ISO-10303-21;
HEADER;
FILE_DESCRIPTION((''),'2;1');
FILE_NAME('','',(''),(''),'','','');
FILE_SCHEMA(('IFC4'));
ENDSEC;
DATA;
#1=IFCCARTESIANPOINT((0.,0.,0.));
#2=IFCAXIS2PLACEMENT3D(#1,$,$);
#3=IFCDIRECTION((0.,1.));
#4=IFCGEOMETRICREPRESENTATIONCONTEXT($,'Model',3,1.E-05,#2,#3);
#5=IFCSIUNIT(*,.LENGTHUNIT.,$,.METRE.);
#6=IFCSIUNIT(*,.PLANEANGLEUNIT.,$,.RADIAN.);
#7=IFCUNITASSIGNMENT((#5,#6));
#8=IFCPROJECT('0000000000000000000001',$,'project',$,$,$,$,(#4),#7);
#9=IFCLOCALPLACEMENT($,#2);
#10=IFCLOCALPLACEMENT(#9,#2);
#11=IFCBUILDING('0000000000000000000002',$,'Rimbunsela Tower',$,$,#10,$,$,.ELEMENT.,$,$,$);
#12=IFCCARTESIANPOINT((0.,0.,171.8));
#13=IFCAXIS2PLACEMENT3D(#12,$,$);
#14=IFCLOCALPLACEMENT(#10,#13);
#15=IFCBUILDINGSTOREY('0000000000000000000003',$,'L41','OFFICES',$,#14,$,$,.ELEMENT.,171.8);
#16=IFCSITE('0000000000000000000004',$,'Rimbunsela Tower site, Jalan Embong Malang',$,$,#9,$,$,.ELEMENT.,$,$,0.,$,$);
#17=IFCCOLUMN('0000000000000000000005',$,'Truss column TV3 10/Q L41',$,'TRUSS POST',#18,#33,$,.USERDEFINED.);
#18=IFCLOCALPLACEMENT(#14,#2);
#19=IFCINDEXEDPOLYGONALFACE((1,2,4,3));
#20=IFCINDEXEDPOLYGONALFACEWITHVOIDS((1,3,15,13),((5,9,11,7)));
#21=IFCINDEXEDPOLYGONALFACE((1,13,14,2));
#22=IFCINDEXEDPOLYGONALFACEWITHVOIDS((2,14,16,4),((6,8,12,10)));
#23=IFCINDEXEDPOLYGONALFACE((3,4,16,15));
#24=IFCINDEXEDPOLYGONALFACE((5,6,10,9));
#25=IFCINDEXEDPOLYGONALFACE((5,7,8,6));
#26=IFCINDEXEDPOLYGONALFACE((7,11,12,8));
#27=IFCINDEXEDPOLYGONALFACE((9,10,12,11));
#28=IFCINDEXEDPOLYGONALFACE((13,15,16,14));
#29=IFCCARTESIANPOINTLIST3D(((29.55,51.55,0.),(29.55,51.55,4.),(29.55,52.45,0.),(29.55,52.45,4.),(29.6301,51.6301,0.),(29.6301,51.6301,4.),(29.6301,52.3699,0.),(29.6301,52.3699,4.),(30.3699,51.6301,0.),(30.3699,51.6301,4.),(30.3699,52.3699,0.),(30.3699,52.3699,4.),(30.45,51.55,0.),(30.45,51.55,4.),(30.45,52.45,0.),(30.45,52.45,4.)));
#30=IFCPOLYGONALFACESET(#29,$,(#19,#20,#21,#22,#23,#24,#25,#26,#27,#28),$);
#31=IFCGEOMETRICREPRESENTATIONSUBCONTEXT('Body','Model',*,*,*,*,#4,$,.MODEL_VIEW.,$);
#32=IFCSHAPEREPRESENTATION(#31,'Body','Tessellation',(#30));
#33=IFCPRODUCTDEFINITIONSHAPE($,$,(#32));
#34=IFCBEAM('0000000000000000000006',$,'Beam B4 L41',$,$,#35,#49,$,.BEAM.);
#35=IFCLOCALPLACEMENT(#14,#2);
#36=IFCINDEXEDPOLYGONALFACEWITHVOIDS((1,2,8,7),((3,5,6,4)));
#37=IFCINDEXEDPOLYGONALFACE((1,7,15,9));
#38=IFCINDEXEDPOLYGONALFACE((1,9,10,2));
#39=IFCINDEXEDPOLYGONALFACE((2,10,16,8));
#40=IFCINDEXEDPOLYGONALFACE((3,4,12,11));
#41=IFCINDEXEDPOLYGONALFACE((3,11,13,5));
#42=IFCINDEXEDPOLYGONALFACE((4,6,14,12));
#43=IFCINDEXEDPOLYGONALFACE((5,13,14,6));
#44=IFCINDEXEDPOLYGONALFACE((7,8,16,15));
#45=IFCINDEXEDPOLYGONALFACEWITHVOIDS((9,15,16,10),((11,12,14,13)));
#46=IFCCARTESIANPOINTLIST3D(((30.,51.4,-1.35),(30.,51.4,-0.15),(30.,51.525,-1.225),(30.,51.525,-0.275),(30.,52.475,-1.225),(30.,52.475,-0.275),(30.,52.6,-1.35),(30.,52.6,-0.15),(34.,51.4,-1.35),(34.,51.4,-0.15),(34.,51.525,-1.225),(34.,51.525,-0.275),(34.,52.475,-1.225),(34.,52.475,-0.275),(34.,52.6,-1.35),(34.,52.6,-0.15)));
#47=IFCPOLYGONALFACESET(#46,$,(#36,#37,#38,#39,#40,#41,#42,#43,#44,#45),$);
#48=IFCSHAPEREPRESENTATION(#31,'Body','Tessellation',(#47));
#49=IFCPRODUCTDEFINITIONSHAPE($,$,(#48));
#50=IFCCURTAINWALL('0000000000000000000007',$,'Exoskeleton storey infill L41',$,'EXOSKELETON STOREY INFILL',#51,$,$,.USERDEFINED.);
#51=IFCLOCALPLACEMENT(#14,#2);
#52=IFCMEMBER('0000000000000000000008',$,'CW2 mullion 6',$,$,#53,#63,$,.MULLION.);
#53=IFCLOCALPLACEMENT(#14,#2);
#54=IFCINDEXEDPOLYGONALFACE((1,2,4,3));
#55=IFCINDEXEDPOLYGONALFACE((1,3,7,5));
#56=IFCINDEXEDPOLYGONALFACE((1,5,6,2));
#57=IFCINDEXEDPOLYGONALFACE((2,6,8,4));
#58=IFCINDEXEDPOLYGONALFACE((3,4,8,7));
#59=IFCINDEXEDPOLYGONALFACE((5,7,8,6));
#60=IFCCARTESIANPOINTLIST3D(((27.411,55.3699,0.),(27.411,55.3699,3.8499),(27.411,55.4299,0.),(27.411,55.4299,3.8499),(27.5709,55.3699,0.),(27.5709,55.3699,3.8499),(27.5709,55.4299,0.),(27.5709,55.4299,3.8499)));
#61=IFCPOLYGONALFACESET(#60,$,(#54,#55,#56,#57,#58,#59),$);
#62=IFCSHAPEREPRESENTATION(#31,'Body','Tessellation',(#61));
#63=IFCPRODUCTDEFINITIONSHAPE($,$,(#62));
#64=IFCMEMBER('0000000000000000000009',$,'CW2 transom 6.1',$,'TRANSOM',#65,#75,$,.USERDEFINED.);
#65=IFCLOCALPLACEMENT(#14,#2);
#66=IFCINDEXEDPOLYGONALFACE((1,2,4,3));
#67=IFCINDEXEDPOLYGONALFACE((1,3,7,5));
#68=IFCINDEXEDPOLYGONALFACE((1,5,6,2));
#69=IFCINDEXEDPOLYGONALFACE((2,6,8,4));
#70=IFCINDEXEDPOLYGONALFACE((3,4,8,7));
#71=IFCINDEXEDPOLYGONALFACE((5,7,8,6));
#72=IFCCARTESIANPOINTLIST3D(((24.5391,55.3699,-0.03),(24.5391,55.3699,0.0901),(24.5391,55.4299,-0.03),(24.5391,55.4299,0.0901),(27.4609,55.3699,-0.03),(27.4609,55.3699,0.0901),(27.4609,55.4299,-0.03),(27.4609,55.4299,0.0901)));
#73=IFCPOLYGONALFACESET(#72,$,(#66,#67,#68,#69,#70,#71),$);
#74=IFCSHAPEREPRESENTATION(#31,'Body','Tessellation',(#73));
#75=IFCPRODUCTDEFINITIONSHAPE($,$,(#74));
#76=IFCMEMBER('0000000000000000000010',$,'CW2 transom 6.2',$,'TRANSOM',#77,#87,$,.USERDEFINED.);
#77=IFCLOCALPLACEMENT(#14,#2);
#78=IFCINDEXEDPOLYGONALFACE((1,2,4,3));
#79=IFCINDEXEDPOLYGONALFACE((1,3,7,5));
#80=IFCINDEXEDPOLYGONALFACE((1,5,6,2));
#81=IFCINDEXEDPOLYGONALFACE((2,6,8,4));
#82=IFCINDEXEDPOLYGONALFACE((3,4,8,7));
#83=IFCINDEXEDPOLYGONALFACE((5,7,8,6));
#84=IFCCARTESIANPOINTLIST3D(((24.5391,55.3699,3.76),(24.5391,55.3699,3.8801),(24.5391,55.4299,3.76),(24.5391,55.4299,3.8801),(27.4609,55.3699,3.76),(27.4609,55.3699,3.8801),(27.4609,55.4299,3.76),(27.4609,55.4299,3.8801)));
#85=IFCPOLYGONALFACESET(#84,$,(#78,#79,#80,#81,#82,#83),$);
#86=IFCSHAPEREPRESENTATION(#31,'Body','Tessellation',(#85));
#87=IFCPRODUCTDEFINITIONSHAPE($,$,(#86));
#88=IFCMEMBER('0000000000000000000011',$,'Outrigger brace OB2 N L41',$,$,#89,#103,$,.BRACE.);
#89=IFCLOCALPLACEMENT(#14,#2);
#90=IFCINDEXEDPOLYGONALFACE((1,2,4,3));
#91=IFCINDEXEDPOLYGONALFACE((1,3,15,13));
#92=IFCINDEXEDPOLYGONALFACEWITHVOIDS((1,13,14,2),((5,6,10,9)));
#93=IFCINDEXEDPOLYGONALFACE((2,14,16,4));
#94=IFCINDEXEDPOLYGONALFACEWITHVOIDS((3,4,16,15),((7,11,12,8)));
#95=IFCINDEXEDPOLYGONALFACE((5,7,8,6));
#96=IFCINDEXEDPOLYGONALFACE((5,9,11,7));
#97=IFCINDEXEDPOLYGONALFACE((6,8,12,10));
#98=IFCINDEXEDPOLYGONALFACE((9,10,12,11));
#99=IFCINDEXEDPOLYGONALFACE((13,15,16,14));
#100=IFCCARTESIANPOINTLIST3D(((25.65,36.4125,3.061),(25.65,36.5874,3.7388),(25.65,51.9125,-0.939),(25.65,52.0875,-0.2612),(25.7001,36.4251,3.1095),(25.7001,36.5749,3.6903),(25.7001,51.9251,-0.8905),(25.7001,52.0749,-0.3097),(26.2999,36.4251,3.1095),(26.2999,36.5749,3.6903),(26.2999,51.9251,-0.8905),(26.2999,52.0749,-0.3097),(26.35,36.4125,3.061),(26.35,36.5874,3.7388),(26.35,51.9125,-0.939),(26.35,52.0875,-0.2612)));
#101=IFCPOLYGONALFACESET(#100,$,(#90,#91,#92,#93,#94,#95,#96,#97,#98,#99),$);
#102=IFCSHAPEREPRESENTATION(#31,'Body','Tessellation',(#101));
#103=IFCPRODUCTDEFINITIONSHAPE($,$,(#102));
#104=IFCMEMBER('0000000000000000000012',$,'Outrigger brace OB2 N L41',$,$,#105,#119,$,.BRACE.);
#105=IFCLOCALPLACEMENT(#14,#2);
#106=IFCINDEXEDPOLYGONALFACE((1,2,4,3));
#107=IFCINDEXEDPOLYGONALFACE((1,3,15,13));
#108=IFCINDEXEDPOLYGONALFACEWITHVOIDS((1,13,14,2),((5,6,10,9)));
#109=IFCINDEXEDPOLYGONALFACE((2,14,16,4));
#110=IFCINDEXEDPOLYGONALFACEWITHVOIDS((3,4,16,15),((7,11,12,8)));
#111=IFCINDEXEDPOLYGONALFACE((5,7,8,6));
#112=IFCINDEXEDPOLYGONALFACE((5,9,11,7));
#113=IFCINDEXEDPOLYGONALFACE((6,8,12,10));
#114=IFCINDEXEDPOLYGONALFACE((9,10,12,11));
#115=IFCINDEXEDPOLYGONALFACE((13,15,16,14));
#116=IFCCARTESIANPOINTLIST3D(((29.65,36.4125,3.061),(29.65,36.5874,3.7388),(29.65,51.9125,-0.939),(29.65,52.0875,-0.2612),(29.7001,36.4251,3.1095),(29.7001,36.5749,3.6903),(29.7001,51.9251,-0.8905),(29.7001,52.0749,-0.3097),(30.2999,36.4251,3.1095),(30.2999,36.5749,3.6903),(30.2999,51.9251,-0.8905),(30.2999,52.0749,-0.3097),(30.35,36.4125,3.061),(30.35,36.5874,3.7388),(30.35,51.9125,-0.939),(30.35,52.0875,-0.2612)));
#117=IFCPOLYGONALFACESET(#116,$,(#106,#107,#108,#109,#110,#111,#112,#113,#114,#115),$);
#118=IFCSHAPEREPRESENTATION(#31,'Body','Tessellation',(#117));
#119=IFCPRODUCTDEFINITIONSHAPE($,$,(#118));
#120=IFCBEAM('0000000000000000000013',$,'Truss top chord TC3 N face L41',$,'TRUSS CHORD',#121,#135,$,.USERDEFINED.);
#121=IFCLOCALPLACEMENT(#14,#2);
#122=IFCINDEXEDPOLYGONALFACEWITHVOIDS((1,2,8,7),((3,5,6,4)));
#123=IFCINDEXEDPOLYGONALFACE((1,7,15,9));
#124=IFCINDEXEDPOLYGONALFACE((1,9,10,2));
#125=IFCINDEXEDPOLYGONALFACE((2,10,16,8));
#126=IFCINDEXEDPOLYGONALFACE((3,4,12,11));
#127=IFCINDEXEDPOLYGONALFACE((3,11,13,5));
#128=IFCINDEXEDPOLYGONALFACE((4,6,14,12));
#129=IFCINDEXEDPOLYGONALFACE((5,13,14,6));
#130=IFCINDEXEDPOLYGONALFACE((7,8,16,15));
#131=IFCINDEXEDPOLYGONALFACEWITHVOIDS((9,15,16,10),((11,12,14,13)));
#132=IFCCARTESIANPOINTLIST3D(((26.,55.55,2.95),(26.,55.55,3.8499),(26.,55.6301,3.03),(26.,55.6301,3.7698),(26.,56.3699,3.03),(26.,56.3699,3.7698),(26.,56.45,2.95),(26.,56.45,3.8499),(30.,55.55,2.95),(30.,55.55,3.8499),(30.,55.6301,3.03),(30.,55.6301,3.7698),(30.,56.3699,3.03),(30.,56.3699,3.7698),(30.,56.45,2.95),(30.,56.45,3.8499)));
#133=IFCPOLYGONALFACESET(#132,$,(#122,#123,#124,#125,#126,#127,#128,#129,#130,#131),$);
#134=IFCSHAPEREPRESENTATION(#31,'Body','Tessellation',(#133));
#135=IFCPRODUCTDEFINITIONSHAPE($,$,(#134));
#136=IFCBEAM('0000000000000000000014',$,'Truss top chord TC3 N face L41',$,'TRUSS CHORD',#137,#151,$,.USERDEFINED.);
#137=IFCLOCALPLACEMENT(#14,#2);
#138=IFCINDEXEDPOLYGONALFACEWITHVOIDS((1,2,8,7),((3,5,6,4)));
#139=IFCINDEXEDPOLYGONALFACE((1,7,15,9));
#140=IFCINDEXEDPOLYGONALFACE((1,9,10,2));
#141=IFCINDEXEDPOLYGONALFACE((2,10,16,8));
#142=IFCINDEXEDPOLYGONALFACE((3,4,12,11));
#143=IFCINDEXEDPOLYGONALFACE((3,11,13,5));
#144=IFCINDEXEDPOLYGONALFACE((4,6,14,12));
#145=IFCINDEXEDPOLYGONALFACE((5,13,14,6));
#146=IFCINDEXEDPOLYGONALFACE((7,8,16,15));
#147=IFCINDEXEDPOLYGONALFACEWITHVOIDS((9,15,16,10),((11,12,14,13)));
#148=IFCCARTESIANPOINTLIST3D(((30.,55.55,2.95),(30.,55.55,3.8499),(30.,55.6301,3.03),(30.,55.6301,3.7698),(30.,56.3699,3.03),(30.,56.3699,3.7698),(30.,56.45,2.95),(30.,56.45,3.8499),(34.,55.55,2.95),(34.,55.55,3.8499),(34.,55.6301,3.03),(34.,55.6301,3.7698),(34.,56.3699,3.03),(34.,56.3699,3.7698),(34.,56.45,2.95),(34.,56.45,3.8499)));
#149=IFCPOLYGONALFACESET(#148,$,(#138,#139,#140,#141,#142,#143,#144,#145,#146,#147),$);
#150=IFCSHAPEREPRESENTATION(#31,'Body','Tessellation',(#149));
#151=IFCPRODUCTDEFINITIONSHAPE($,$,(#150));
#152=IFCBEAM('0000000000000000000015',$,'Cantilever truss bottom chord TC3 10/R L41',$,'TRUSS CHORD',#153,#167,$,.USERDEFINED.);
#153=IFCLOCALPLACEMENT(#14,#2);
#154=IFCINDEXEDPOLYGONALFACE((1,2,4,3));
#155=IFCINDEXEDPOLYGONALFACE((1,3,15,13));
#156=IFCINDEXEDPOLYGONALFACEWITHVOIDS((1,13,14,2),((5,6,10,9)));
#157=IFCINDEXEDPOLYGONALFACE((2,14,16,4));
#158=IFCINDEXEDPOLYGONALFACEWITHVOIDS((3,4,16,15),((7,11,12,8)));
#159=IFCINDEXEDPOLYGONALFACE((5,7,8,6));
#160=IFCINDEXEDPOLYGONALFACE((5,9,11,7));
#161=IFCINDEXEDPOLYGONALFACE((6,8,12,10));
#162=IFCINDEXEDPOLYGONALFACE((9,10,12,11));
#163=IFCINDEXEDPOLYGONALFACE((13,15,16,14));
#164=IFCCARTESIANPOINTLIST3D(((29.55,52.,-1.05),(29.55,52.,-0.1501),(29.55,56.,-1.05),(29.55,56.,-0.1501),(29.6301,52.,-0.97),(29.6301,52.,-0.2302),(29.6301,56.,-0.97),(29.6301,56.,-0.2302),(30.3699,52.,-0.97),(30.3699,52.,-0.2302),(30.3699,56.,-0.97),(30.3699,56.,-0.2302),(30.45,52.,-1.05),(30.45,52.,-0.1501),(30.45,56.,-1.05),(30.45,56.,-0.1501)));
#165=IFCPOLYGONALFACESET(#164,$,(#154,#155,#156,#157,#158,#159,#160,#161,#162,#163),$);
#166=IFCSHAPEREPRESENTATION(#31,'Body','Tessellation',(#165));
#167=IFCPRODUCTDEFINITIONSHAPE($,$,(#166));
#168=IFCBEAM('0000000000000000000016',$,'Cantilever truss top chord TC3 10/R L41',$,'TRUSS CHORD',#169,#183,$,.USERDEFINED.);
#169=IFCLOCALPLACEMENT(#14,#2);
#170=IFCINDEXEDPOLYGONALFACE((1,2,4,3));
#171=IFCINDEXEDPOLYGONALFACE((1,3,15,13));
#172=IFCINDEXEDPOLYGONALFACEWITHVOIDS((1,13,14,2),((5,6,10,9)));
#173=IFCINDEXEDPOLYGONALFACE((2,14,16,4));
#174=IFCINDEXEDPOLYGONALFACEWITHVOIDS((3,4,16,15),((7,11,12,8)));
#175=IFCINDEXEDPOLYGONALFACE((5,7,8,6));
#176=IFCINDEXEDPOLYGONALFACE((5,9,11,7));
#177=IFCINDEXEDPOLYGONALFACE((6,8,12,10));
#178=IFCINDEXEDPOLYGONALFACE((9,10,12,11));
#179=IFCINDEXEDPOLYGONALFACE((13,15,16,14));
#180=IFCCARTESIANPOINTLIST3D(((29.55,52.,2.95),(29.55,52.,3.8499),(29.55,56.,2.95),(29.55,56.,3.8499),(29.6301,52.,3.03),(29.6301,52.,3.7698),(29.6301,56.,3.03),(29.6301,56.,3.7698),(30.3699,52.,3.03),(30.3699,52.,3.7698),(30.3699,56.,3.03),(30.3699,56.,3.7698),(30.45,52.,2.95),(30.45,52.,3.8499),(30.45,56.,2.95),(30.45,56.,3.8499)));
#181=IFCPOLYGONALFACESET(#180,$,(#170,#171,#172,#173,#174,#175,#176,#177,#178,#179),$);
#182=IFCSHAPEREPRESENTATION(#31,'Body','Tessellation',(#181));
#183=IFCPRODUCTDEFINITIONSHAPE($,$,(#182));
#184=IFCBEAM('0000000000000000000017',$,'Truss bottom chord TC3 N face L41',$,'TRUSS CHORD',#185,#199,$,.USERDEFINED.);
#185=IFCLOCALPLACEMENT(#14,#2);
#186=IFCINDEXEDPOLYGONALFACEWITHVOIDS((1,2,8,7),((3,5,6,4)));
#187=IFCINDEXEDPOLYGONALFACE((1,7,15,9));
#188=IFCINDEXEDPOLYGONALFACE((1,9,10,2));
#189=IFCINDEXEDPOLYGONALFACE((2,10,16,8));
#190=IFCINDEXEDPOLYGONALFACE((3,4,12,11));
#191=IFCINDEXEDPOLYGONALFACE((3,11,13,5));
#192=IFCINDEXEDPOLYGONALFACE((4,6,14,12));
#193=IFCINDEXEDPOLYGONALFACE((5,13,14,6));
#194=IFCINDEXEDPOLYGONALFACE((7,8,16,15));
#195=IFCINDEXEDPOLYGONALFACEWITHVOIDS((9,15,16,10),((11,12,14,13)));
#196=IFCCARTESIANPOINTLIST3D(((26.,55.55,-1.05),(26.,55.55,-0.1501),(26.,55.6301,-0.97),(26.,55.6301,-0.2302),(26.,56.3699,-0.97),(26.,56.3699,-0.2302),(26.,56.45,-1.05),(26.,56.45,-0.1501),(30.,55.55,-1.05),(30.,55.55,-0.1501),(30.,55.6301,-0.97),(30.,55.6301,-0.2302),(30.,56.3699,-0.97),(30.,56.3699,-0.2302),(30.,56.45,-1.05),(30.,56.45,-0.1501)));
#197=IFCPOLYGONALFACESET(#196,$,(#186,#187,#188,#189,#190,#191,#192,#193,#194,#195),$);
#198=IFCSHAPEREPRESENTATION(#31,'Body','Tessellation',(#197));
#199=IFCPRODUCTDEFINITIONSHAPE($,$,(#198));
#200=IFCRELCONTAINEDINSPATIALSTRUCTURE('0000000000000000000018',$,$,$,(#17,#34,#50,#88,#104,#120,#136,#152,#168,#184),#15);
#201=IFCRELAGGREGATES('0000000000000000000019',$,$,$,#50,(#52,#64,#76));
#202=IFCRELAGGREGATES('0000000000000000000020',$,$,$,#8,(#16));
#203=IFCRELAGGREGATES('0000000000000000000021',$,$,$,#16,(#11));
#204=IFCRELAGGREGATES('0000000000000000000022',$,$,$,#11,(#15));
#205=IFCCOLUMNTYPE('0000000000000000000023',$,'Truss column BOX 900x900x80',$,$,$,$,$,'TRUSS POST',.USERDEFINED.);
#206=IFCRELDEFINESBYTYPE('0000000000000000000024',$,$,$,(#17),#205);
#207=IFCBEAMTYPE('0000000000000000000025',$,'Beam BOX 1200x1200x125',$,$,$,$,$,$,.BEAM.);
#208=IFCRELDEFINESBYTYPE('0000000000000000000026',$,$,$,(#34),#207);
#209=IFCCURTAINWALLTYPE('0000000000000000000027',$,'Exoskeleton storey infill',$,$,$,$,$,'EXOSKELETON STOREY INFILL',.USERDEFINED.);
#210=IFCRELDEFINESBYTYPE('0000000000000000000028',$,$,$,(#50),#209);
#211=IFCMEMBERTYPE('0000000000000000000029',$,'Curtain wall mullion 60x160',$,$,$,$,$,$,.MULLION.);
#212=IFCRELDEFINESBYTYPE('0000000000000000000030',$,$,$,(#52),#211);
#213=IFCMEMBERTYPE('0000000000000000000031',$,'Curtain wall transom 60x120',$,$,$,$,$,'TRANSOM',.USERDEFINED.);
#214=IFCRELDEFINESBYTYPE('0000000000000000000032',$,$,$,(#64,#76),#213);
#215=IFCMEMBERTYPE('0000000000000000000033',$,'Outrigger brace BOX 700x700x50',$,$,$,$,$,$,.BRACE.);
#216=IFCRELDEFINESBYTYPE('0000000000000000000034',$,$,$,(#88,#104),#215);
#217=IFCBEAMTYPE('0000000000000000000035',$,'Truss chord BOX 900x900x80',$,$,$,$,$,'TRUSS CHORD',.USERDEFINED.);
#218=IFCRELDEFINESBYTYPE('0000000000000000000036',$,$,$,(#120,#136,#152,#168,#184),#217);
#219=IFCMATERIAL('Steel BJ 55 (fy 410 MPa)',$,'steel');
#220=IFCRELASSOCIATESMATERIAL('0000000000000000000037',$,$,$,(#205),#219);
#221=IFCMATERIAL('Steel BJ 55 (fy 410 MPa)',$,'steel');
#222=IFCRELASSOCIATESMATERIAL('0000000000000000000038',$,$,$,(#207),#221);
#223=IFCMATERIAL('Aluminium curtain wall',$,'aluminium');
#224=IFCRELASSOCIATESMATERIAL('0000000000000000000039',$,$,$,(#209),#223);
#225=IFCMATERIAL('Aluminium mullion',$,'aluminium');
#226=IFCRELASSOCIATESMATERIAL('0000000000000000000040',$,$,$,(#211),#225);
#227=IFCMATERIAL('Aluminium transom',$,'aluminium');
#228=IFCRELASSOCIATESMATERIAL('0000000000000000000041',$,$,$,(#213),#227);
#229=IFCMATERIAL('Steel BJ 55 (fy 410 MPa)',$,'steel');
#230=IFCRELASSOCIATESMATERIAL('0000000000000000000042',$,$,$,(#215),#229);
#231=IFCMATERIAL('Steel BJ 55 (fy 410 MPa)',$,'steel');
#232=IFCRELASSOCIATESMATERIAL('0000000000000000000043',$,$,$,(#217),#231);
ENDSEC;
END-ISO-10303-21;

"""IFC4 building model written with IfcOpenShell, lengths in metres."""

from ifc_helpers import new_model, si_unit, direction, frame, origin, origin_2d, place, context, subcontext, project, spatial, rectangle, hollow_rectangle, extrude, material, material_profile, profile_set, type_object, element, aggregate, save


model = new_model("IFC4")

# Units and contexts
model_context = context("Model", 3, precision=1e-05, world=origin(), true_north=direction((0.0, 1.0)))
body_context = subcontext(model_context, "Body", "Model", "MODEL_VIEW")
ifc_project = project(units=[si_unit("LENGTHUNIT", "METRE"), si_unit("PLANEANGLEUNIT", "RADIAN")], contexts=[model_context])

# Site, building, storey
site_placement = place(None, origin())
site = spatial("IfcSite", under=ifc_project, at=site_placement, Name="Rimbunsela Tower site, Jalan Embong Malang", CompositionType="ELEMENT", RefElevation=0.0)
building_placement = place(site_placement, origin())
building = spatial("IfcBuilding", under=site, at=building_placement, Name="Rimbunsela Tower", CompositionType="ELEMENT")
storey_placement = place(building_placement, frame((0.0, 0.0, 171.8)))
storey = spatial("IfcBuildingStorey", under=building, at=storey_placement, Name="L41", Description="OFFICES", CompositionType="ELEMENT", Elevation=171.8)

# Column
ifc_material_1 = material(Name="Steel BJ 55 (fy 410 MPa)", Category="steel")
ifc_material_profile_1 = material_profile(ifc_material_1, hollow_rectangle(XDim=0.8999, YDim=0.8999, WallThickness=0.0801, at=origin_2d()), Name="BOX 900x900x80")
ifc_profile_set_1 = profile_set([ifc_material_profile_1], Name="Steel BJ 55 (fy 410 MPa)")
column_type = type_object("IfcColumnType", Name="Truss column BOX 900x900x80", ElementType="TRUSS POST", PredefinedType="USERDEFINED", material=ifc_profile_set_1)
column_placement = place(storey_placement, frame((30.0, 52.0, 0.0), z_axis=(0.0, 0.0, 1.0), x_axis=(1.0, 0.0, 0.0)))
element("IfcColumn", 1, at=column_placement, inside=storey, type_object=column_type, Name="Truss column TV3 10/Q L41", ObjectType="TRUSS POST", PredefinedType="USERDEFINED", context=body_context, shape_type="SweptSolid", body=[
    extrude(hollow_rectangle(XDim=0.8999, YDim=0.8999, WallThickness=0.0801, at=origin_2d()), origin(), (0.0, 0.0, 1.0), 4.0),
])

# Beam
ifc_material_2 = material(Name="Steel BJ 55 (fy 410 MPa)", Category="steel")
ifc_material_profile_2 = material_profile(ifc_material_2, hollow_rectangle(XDim=1.2, YDim=1.2, WallThickness=0.125, at=origin_2d()), Name="BOX 1200x1200x125")
ifc_profile_set_2 = profile_set([ifc_material_profile_2], Name="Steel BJ 55 (fy 410 MPa)")
beam_type_1 = type_object("IfcBeamType", Name="Beam BOX 1200x1200x125", PredefinedType="BEAM", material=ifc_profile_set_2)
beam_placement = place(storey_placement, frame((30.0, 52.0, -0.75), z_axis=(1.0, 0.0, 0.0), x_axis=(0.0, 1.0, 0.0)))
element("IfcBeam", 2, at=beam_placement, inside=storey, type_object=beam_type_1, Name="Beam B4 L41", PredefinedType="BEAM", context=body_context, shape_type="SweptSolid", body=[
    extrude(hollow_rectangle(XDim=1.2, YDim=1.2, WallThickness=0.125, at=origin_2d()), origin(), (0.0, 0.0, 1.0), 4.0),
])

# Curtain wall, members
ifc_material_3 = material(Name="Aluminium curtain wall", Category="aluminium")
curtain_wall_type = type_object("IfcCurtainWallType", Name="Exoskeleton storey infill", ElementType="EXOSKELETON STOREY INFILL", PredefinedType="USERDEFINED", material=ifc_material_3)
curtain_wall_placement = place(storey_placement, origin())
curtain_wall = element("IfcCurtainWall", 3, at=curtain_wall_placement, inside=storey, type_object=curtain_wall_type, Name="Exoskeleton storey infill L41", ObjectType="EXOSKELETON STOREY INFILL", PredefinedType="USERDEFINED")
ifc_material_4 = material(Name="Aluminium mullion", Category="aluminium")
ifc_material_profile_3 = material_profile(ifc_material_4, rectangle(XDim=0.0601, YDim=0.1599, at=origin_2d()), Name="Mullion 60x160")
ifc_profile_set_3 = profile_set([ifc_material_profile_3], Name="Aluminium mullion")
member_type_1 = type_object("IfcMemberType", Name="Curtain wall mullion 60x160", PredefinedType="MULLION", material=ifc_profile_set_3)
member_1_placement = place(storey_placement, frame((27.491, 55.3999, 0.0), z_axis=(0.0, 0.0, 1.0), x_axis=(0.0, -1.0, 0.0)))
member_1 = element("IfcMember", 4, at=member_1_placement, type_object=member_type_1, Name="CW2 mullion 6", PredefinedType="MULLION", context=body_context, shape_type="SweptSolid", body=[
    extrude(rectangle(XDim=0.0601, YDim=0.1599, at=origin_2d()), origin(), (0.0, 0.0, 1.0), 3.8499),
])
ifc_material_5 = material(Name="Aluminium transom", Category="aluminium")
ifc_material_profile_4 = material_profile(ifc_material_5, rectangle(XDim=0.0601, YDim=0.1201, at=origin_2d()), Name="Transom 60x120")
ifc_profile_set_4 = profile_set([ifc_material_profile_4], Name="Aluminium transom")
member_type_2 = type_object("IfcMemberType", Name="Curtain wall transom 60x120", ElementType="TRANSOM", PredefinedType="USERDEFINED", material=ifc_profile_set_4)
member_2_placement = place(storey_placement, frame((27.4609, 55.3999, 0.03), z_axis=(-1.0, 0.0, 0.0), x_axis=(0.0, -1.0, 0.0)))
member_2 = element("IfcMember", 5, at=member_2_placement, type_object=member_type_2, Name="CW2 transom 6.1", ObjectType="TRANSOM", PredefinedType="USERDEFINED", context=body_context, shape_type="SweptSolid", body=[
    extrude(rectangle(XDim=0.0601, YDim=0.1201, at=origin_2d()), origin(), (0.0, 0.0, 1.0), 2.9219),
])
member_3_placement = place(storey_placement, frame((27.4609, 55.3999, 3.8201), z_axis=(-1.0, 0.0, 0.0), x_axis=(0.0, -1.0, 0.0)))
member_3 = element("IfcMember", 6, at=member_3_placement, type_object=member_type_2, Name="CW2 transom 6.2", ObjectType="TRANSOM", PredefinedType="USERDEFINED", context=body_context, shape_type="SweptSolid", body=[
    extrude(rectangle(XDim=0.0601, YDim=0.1201, at=origin_2d()), origin(), (0.0, 0.0, 1.0), 2.9219),
])

# Members
ifc_material_6 = material(Name="Steel BJ 55 (fy 410 MPa)", Category="steel")
ifc_material_profile_5 = material_profile(ifc_material_6, hollow_rectangle(XDim=0.7, YDim=0.7, WallThickness=0.05, at=origin_2d()), Name="BOX 700x700x50")
ifc_profile_set_5 = profile_set([ifc_material_profile_5], Name="Steel BJ 55 (fy 410 MPa)")
member_type_3 = type_object("IfcMemberType", Name="Outrigger brace BOX 700x700x50", PredefinedType="BRACE", material=ifc_profile_set_5)
for number, where, z_axis, x_axis, name in (
    (7, (26.0, 52.0, -0.6001), (0.0, -0.968277, 0.249878), (1.0, 0.0, 0.0), "Outrigger brace OB2 N L41"),
    (8, (30.0, 52.0, -0.6001), (0.0, -0.968277, 0.249878), (1.0, 0.0, 0.0), "Outrigger brace OB2 N L41"),
):
    element("IfcMember", number, at=place(storey_placement, frame(where, z_axis=z_axis, x_axis=x_axis)), inside=storey, type_object=member_type_3, Name=name, PredefinedType="BRACE", context=body_context, shape_type="SweptSolid", body=[
        extrude(hollow_rectangle(XDim=0.7, YDim=0.7, WallThickness=0.05, at=origin_2d()), origin(), (0.0, 0.0, 1.0), 16.0078),
    ])

# Beams
ifc_material_7 = material(Name="Steel BJ 55 (fy 410 MPa)", Category="steel")
ifc_material_profile_6 = material_profile(ifc_material_7, hollow_rectangle(XDim=0.8999, YDim=0.8999, WallThickness=0.0801, at=origin_2d()), Name="BOX 900x900x80")
ifc_profile_set_6 = profile_set([ifc_material_profile_6], Name="Steel BJ 55 (fy 410 MPa)")
beam_type_2 = type_object("IfcBeamType", Name="Truss chord BOX 900x900x80", ElementType="TRUSS CHORD", PredefinedType="USERDEFINED", material=ifc_profile_set_6)
for number, where, z_axis, x_axis, name in (
    (9, (26.0, 56.0, 3.3999), (1.0, 0.0, 0.0), (0.0, 1.0, 0.0), "Truss top chord TC3 N face L41"),
    (10, (30.0, 56.0, 3.3999), (1.0, 0.0, 0.0), (0.0, 1.0, 0.0), "Truss top chord TC3 N face L41"),
    (11, (30.0, 52.0, -0.6001), (0.0, 1.0, 0.0), (-1.0, 0.0, 0.0), "Cantilever truss bottom chord TC3 10/R L41"),
    (12, (30.0, 52.0, 3.3999), (0.0, 1.0, 0.0), (-1.0, 0.0, 0.0), "Cantilever truss top chord TC3 10/R L41"),
    (13, (26.0, 56.0, -0.6001), (1.0, 0.0, 0.0), (0.0, 1.0, 0.0), "Truss bottom chord TC3 N face L41"),
):
    element("IfcBeam", number, at=place(storey_placement, frame(where, z_axis=z_axis, x_axis=x_axis)), inside=storey, type_object=beam_type_2, Name=name, ObjectType="TRUSS CHORD", PredefinedType="USERDEFINED", context=body_context, shape_type="SweptSolid", body=[
        extrude(hollow_rectangle(XDim=0.8999, YDim=0.8999, WallThickness=0.0801, at=origin_2d()), origin(), (0.0, 0.0, 1.0), 4.0),
    ])

aggregate(curtain_wall, [member_1, member_2, member_3])

save(model, "model.ifc")
